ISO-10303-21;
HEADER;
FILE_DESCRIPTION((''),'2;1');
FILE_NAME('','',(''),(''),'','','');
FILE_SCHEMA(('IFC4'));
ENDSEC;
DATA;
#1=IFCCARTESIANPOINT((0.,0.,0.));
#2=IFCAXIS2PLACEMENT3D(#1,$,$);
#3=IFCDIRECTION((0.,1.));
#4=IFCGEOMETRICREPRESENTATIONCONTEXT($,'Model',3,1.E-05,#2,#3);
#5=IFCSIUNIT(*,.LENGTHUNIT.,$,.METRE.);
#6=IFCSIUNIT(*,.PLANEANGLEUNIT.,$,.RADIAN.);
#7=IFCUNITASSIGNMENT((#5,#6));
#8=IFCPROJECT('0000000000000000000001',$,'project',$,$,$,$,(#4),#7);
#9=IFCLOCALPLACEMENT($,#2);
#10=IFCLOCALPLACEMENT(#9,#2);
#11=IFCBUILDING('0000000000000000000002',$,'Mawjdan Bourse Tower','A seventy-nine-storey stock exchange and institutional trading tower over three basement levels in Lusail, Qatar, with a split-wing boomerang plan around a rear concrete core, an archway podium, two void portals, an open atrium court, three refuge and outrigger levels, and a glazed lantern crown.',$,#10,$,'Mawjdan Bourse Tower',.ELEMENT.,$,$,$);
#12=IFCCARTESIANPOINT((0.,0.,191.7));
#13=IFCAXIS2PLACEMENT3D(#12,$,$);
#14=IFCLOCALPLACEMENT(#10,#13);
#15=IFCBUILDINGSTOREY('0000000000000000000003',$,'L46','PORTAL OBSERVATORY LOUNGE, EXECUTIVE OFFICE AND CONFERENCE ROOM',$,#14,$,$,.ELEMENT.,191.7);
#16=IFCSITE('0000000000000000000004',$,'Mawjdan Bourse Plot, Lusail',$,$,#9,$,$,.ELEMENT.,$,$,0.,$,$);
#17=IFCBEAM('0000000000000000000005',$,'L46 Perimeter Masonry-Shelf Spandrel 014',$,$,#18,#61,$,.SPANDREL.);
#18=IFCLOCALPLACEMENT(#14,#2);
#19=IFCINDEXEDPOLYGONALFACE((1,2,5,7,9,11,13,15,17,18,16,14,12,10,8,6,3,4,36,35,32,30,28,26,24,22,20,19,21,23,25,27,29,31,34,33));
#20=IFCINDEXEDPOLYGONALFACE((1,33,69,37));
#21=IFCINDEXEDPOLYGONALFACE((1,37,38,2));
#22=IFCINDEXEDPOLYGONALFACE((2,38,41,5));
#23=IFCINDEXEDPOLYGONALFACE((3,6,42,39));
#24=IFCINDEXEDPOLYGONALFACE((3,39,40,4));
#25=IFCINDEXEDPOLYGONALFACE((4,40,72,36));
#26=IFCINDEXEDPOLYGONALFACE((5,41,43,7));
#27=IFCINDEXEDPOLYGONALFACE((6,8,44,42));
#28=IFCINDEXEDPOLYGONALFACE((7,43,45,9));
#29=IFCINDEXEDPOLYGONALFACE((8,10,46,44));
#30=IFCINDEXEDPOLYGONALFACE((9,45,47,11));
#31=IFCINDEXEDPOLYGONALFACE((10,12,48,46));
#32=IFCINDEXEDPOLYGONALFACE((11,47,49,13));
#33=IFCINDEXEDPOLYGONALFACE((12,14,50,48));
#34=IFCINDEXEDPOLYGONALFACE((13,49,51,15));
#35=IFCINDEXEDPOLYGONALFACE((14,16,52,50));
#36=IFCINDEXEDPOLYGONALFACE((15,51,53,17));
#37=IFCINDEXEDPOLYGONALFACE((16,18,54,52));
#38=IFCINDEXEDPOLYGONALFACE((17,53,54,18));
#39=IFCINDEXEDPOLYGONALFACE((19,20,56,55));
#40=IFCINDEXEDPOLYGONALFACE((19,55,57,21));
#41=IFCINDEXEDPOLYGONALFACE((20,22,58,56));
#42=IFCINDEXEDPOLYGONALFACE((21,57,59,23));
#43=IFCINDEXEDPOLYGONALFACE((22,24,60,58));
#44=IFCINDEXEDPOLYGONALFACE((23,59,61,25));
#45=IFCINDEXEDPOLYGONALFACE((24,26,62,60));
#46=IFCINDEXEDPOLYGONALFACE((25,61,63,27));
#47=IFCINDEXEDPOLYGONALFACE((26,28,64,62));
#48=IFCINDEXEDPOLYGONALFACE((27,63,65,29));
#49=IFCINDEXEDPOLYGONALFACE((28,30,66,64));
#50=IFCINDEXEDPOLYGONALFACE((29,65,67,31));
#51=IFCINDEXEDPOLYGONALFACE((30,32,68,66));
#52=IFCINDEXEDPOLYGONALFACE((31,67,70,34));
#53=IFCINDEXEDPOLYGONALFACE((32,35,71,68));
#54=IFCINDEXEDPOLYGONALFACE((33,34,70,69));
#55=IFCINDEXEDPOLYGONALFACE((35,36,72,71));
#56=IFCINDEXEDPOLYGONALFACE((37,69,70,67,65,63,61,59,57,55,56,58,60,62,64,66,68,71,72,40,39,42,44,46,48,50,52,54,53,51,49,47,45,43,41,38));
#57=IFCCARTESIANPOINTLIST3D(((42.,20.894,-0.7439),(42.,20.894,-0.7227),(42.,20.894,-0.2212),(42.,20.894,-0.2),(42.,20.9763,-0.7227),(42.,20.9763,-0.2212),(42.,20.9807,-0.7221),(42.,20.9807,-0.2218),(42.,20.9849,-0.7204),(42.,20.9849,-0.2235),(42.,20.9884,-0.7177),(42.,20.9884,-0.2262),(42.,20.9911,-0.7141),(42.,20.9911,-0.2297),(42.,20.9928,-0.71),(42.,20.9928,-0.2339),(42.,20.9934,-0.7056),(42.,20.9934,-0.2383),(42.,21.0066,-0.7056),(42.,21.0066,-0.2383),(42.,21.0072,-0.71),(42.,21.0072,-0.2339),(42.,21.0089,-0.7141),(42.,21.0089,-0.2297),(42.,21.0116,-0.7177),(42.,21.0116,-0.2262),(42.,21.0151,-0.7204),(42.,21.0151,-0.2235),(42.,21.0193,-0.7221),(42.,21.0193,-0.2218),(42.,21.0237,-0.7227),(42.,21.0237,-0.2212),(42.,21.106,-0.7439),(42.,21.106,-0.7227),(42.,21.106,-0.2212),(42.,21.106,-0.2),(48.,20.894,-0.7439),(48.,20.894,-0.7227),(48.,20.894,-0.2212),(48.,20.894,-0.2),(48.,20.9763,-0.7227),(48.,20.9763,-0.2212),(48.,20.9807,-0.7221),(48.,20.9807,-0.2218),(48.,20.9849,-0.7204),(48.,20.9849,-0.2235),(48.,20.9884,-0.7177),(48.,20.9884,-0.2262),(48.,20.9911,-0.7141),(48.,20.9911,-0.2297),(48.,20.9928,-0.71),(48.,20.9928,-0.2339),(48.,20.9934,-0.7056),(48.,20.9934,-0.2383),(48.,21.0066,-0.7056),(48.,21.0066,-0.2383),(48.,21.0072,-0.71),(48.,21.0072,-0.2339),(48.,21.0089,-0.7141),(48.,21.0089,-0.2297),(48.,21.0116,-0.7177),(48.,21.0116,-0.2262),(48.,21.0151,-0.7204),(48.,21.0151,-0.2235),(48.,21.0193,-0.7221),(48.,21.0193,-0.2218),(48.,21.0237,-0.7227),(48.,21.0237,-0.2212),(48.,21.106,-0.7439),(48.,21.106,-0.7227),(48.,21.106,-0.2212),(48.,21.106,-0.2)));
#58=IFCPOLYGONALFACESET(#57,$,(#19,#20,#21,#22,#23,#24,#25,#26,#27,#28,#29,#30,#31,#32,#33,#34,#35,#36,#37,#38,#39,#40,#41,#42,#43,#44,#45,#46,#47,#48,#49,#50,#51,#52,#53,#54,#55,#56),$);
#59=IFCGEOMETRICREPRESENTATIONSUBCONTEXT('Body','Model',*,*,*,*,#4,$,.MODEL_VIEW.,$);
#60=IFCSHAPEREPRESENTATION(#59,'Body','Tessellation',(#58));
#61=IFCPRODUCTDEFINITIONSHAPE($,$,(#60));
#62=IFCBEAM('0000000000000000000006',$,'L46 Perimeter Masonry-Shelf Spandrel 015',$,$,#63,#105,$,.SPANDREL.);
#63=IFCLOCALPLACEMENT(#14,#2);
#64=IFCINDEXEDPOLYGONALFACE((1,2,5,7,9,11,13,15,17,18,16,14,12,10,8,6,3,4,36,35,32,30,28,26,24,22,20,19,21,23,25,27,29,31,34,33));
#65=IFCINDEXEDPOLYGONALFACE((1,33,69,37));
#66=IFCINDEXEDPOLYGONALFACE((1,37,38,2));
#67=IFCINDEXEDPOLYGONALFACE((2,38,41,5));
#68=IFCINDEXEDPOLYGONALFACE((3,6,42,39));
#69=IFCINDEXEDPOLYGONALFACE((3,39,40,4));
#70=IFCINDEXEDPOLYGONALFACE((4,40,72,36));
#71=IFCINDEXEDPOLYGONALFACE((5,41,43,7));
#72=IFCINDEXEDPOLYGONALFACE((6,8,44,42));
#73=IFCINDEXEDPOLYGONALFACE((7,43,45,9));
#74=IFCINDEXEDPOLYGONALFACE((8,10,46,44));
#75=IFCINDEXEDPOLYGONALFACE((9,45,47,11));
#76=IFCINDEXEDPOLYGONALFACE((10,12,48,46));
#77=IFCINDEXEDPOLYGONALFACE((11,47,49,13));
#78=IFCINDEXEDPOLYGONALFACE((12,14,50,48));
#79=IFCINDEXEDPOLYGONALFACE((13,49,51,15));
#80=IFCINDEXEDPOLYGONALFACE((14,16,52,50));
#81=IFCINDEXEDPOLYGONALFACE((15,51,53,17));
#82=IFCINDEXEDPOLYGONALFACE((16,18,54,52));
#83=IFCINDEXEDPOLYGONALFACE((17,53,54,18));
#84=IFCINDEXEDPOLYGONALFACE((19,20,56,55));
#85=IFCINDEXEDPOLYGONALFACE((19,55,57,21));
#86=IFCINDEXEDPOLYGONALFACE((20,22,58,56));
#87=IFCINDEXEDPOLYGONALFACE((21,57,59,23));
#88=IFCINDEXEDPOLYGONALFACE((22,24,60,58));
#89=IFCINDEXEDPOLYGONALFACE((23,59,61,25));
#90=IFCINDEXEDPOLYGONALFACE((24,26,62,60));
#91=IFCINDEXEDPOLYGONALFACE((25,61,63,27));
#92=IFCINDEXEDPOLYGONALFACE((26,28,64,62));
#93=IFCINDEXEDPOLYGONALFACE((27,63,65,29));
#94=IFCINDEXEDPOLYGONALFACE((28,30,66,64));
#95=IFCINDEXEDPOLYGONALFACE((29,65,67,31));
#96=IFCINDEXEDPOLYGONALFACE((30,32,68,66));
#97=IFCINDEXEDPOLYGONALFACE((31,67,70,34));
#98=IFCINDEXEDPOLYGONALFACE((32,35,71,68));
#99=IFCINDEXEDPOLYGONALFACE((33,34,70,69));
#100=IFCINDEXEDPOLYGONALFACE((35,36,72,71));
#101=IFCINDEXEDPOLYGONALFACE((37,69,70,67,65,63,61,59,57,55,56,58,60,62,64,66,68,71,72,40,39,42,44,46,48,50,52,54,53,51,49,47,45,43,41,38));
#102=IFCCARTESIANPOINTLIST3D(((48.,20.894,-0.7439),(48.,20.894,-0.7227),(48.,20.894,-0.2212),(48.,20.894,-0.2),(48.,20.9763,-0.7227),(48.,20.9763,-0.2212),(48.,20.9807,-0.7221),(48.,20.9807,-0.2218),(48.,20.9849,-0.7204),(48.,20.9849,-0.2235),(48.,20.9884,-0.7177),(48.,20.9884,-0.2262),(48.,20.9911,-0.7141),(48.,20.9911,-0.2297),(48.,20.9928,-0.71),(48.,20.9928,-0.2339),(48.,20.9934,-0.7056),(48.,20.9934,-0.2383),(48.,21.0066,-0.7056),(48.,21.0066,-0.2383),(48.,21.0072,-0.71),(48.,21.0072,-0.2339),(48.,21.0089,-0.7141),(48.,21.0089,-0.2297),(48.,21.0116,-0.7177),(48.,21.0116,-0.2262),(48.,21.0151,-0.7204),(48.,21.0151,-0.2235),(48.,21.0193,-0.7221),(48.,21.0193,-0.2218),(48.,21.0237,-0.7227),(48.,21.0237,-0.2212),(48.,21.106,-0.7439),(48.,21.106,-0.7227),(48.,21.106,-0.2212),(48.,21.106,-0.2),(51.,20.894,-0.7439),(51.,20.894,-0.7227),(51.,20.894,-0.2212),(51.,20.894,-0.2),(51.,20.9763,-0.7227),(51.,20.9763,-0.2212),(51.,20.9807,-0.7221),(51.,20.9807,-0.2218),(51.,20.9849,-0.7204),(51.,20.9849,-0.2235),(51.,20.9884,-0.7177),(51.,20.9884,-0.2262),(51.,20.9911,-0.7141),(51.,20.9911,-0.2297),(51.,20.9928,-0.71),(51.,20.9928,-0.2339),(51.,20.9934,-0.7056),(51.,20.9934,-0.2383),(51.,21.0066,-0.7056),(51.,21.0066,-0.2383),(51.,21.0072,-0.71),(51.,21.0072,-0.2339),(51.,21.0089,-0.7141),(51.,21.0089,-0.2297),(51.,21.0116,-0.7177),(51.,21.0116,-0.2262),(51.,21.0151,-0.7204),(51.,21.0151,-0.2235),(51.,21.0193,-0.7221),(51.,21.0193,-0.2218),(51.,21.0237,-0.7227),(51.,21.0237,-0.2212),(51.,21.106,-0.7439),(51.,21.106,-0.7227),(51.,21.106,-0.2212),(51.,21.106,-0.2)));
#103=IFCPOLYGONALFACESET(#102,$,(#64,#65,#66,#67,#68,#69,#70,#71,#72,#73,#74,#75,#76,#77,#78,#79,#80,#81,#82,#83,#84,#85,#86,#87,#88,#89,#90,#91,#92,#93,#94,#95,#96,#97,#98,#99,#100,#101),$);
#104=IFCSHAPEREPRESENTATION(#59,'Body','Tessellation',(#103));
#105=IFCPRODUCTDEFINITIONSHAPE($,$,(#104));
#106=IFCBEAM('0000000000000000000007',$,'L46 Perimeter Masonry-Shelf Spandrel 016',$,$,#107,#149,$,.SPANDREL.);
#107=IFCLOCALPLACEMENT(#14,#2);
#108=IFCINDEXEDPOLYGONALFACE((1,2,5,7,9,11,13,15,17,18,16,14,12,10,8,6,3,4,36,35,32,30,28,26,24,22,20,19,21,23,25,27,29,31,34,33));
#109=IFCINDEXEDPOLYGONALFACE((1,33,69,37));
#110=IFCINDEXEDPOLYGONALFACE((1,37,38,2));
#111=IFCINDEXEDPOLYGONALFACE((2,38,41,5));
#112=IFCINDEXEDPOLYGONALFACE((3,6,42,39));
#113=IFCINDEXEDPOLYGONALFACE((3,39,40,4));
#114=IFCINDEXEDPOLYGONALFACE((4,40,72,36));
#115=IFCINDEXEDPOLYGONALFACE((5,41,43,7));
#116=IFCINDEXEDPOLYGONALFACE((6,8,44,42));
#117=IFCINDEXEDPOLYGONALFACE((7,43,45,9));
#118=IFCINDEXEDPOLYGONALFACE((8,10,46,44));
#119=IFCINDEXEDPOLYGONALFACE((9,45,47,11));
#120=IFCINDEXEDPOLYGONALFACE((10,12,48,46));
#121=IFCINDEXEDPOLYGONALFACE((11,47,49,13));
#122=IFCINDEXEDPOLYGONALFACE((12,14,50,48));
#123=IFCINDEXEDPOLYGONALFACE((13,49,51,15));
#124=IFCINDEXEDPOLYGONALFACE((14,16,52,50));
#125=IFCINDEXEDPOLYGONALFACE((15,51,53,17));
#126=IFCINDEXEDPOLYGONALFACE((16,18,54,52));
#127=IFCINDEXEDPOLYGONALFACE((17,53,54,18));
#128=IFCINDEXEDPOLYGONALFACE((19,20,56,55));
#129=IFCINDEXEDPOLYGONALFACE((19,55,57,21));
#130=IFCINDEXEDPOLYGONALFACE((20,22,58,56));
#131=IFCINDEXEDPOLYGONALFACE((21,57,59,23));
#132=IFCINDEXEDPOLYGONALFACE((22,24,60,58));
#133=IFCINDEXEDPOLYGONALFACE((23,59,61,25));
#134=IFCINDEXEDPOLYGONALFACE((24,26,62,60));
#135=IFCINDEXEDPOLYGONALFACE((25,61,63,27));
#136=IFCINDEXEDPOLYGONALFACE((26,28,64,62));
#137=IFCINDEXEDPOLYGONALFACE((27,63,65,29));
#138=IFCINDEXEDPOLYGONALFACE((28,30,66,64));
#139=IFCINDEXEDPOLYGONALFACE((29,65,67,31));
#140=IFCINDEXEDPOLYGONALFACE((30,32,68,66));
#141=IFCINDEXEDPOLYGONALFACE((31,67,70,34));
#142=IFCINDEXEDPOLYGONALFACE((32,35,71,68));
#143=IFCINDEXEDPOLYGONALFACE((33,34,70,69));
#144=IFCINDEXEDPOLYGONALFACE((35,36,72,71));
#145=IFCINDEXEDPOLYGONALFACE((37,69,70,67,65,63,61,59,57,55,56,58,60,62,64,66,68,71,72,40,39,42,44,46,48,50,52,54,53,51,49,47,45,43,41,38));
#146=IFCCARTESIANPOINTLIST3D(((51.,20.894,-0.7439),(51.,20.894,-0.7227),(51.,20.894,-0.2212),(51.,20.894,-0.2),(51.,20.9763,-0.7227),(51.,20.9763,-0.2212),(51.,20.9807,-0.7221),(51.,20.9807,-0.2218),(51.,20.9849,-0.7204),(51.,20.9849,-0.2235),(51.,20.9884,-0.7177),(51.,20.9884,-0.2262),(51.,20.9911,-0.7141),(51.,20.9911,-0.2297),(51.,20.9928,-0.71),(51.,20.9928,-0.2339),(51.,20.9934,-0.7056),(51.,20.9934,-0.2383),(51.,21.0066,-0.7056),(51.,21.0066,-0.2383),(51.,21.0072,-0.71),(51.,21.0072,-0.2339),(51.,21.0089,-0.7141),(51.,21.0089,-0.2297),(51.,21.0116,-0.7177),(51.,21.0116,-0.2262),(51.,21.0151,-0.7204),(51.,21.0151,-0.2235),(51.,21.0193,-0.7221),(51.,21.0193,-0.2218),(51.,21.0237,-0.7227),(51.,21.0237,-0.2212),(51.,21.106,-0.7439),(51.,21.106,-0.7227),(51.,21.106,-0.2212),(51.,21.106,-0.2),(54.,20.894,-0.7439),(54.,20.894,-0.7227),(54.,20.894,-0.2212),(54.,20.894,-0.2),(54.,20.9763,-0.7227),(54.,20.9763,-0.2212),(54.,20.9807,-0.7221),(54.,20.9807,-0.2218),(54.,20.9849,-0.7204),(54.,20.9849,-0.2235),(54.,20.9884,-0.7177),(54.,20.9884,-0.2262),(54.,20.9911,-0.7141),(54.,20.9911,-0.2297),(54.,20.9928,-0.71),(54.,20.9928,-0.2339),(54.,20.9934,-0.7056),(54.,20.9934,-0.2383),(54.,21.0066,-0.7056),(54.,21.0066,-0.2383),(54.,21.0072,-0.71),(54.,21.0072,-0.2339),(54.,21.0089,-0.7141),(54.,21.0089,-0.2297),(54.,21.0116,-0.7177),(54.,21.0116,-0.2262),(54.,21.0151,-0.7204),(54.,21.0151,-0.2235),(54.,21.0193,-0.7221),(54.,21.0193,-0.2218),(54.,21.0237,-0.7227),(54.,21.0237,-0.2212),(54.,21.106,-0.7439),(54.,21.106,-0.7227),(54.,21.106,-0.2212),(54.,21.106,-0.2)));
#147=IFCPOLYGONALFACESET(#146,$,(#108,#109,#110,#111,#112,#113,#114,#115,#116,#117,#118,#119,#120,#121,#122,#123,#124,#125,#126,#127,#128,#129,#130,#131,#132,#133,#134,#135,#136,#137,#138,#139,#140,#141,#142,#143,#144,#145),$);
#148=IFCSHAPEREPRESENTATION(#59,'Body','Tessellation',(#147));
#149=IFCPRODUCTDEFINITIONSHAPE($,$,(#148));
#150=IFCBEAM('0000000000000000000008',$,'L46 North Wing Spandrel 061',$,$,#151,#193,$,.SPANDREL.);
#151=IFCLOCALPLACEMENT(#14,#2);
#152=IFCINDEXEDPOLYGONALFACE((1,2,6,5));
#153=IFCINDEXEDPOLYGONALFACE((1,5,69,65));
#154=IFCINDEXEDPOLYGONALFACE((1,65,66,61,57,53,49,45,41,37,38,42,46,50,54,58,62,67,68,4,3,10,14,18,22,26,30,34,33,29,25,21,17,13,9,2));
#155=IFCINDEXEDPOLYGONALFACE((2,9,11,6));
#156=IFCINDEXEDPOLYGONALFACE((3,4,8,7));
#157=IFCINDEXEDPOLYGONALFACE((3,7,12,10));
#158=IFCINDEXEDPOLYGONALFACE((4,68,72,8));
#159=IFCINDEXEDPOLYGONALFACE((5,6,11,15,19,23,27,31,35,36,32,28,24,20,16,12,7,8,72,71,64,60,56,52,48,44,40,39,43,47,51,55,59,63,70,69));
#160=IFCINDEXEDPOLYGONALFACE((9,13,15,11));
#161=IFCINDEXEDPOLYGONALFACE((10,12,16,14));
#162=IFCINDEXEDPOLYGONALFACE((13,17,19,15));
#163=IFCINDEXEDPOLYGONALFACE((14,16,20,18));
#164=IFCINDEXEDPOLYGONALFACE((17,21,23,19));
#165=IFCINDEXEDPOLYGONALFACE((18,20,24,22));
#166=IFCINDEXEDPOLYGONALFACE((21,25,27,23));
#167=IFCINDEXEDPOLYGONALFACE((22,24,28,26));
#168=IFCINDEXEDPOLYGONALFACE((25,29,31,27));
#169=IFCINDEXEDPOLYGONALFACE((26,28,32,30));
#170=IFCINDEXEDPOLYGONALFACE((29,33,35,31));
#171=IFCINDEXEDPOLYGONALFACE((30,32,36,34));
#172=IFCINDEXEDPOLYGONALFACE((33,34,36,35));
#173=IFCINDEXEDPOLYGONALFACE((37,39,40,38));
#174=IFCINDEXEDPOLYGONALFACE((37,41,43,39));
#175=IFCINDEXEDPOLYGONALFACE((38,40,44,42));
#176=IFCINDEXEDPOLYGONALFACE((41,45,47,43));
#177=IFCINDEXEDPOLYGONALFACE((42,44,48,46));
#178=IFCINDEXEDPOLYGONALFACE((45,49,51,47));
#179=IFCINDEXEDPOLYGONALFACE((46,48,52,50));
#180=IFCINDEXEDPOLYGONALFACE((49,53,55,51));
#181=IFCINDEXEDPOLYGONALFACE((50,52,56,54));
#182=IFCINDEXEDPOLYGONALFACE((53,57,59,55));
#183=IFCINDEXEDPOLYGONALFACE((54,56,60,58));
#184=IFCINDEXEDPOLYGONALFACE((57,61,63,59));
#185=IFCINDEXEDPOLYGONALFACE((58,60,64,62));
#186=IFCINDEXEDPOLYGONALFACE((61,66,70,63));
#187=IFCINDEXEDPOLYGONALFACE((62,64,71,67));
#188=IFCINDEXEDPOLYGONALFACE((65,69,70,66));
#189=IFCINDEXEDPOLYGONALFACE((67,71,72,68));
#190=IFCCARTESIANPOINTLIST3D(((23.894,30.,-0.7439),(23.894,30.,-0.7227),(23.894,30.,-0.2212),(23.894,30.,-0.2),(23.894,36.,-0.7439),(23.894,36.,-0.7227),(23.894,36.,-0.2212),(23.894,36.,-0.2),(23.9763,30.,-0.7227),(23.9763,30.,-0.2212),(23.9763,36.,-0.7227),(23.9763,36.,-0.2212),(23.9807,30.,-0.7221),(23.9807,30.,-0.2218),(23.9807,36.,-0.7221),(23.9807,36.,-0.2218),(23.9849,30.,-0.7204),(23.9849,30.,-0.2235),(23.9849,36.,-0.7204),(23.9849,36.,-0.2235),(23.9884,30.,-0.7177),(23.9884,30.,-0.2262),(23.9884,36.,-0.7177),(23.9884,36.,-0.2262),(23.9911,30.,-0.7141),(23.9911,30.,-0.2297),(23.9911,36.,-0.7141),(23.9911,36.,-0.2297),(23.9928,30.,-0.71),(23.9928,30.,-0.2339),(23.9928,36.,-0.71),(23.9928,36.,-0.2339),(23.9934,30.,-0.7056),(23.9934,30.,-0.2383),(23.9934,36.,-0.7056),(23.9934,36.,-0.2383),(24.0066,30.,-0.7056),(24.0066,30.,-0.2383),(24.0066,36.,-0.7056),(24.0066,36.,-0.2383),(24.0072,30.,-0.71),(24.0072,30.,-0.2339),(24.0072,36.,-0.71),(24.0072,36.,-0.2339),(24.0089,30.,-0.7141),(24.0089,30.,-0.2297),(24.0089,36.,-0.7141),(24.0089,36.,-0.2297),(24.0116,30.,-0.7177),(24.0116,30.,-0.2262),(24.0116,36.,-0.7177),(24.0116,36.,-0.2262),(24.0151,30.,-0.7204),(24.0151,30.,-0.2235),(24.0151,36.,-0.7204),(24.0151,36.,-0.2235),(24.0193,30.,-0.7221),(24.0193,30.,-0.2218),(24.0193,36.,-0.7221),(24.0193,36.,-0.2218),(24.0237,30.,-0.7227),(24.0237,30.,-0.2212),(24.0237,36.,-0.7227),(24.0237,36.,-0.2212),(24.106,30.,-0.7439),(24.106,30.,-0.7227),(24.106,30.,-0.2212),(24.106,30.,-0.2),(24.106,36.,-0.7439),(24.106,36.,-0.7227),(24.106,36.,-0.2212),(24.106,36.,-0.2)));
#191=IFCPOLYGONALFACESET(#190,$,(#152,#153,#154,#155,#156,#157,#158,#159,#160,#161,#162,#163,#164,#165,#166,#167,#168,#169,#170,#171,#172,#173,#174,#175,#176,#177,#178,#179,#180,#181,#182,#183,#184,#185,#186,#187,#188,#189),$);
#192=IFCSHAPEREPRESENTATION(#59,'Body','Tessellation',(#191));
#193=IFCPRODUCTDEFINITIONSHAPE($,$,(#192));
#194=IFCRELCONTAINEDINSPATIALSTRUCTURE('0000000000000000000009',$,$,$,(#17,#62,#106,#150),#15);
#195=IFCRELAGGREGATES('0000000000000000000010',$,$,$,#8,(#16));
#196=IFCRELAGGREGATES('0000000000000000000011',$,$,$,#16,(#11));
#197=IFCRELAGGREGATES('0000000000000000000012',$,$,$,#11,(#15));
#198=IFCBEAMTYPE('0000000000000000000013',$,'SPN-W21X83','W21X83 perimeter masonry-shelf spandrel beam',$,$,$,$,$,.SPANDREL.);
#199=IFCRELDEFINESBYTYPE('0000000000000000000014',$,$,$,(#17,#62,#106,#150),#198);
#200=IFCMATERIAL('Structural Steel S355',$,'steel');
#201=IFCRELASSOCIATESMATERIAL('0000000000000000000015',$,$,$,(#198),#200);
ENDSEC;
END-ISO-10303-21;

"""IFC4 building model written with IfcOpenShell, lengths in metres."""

from ifc_helpers import new_model, si_unit, direction, frame, origin, origin_2d, place, context, subcontext, project, spatial, i_section, extrude, material, material_profile, profile_set, type_object, element, save


model = new_model("IFC4")

# Units and contexts
model_context = context("Model", 3, precision=1e-05, world=origin(), true_north=direction((0.0, 1.0)))
body_context = subcontext(model_context, "Body", "Model", "MODEL_VIEW")
ifc_project = project(units=[si_unit("LENGTHUNIT", "METRE"), si_unit("PLANEANGLEUNIT", "RADIAN")], contexts=[model_context])

# Site, building, storey
site_placement = place(None, origin())
site = spatial("IfcSite", under=ifc_project, at=site_placement, Name="Mawjdan Bourse Plot, Lusail", CompositionType="ELEMENT", RefElevation=0.0)
building_placement = place(site_placement, origin())
building = spatial("IfcBuilding", under=site, at=building_placement, Name="Mawjdan Bourse Tower", Description="A seventy-nine-storey stock exchange and institutional trading tower over three basement levels in Lusail, Qatar, with a split-wing boomerang plan around a rear concrete core, an archway podium, two void portals, an open atrium court, three refuge and outrigger levels, and a glazed lantern crown.", LongName="Mawjdan Bourse Tower", CompositionType="ELEMENT")
storey_placement = place(building_placement, frame((0.0, 0.0, 191.7)))
storey = spatial("IfcBuildingStorey", under=building, at=storey_placement, Name="L46", Description="PORTAL OBSERVATORY LOUNGE, EXECUTIVE OFFICE AND CONFERENCE ROOM", CompositionType="ELEMENT", Elevation=191.7)

# Beams
ifc_material_1 = material(Name="Structural Steel S355", Category="steel")
ifc_material_profile_1 = material_profile(ifc_material_1, i_section(OverallWidth=0.2119, OverallDepth=0.5439, WebThickness=0.0132, FlangeThickness=0.0212, FilletRadius=0.0171, at=origin_2d()), Name="W21X83")
ifc_profile_set_1 = profile_set([ifc_material_profile_1], Name="Structural Steel S355")
beam_type_1 = type_object("IfcBeamType", Name="SPN-W21X83", Description="W21X83 perimeter masonry-shelf spandrel beam", PredefinedType="SPANDREL", material=ifc_profile_set_1)
beam_1_placement = place(storey_placement, frame((42.0, 21.0, -0.4719), z_axis=(1.0, 0.0, 0.0), x_axis=(0.0, 1.0, 0.0)))
element("IfcBeam", 1, at=beam_1_placement, inside=storey, type_object=beam_type_1, Name="L46 Perimeter Masonry-Shelf Spandrel 014", PredefinedType="SPANDREL", context=body_context, shape_type="SweptSolid", body=[
    extrude(i_section(OverallWidth=0.2119, OverallDepth=0.5439, WebThickness=0.0132, FlangeThickness=0.0212, FilletRadius=0.0171, at=origin_2d()), origin(), (0.0, 0.0, 1.0), 6.0),
])
for number, where, z_axis, x_axis, name in (
    (2, (48.0, 21.0, -0.4719), (1.0, 0.0, 0.0), (0.0, 1.0, 0.0), "L46 Perimeter Masonry-Shelf Spandrel 015"),
    (3, (51.0, 21.0, -0.4719), (1.0, 0.0, 0.0), (0.0, 1.0, 0.0), "L46 Perimeter Masonry-Shelf Spandrel 016"),
):
    element("IfcBeam", number, at=place(storey_placement, frame(where, z_axis=z_axis, x_axis=x_axis)), inside=storey, type_object=beam_type_1, Name=name, PredefinedType="SPANDREL", context=body_context, shape_type="SweptSolid", body=[
        extrude(i_section(OverallWidth=0.2119, OverallDepth=0.5439, WebThickness=0.0132, FlangeThickness=0.0212, FilletRadius=0.0171, at=origin_2d()), origin(), (0.0, 0.0, 1.0), 3.0),
    ])
beam_2_placement = place(storey_placement, frame((24.0, 30.0, -0.4719), z_axis=(0.0, 1.0, 0.0), x_axis=(-1.0, 0.0, 0.0)))
element("IfcBeam", 4, at=beam_2_placement, inside=storey, type_object=beam_type_1, Name="L46 North Wing Spandrel 061", PredefinedType="SPANDREL", context=body_context, shape_type="SweptSolid", body=[
    extrude(i_section(OverallWidth=0.2119, OverallDepth=0.5439, WebThickness=0.0132, FlangeThickness=0.0212, FilletRadius=0.0171, at=origin_2d()), origin(), (0.0, 0.0, 1.0), 6.0),
])

save(model, "model.ifc")
